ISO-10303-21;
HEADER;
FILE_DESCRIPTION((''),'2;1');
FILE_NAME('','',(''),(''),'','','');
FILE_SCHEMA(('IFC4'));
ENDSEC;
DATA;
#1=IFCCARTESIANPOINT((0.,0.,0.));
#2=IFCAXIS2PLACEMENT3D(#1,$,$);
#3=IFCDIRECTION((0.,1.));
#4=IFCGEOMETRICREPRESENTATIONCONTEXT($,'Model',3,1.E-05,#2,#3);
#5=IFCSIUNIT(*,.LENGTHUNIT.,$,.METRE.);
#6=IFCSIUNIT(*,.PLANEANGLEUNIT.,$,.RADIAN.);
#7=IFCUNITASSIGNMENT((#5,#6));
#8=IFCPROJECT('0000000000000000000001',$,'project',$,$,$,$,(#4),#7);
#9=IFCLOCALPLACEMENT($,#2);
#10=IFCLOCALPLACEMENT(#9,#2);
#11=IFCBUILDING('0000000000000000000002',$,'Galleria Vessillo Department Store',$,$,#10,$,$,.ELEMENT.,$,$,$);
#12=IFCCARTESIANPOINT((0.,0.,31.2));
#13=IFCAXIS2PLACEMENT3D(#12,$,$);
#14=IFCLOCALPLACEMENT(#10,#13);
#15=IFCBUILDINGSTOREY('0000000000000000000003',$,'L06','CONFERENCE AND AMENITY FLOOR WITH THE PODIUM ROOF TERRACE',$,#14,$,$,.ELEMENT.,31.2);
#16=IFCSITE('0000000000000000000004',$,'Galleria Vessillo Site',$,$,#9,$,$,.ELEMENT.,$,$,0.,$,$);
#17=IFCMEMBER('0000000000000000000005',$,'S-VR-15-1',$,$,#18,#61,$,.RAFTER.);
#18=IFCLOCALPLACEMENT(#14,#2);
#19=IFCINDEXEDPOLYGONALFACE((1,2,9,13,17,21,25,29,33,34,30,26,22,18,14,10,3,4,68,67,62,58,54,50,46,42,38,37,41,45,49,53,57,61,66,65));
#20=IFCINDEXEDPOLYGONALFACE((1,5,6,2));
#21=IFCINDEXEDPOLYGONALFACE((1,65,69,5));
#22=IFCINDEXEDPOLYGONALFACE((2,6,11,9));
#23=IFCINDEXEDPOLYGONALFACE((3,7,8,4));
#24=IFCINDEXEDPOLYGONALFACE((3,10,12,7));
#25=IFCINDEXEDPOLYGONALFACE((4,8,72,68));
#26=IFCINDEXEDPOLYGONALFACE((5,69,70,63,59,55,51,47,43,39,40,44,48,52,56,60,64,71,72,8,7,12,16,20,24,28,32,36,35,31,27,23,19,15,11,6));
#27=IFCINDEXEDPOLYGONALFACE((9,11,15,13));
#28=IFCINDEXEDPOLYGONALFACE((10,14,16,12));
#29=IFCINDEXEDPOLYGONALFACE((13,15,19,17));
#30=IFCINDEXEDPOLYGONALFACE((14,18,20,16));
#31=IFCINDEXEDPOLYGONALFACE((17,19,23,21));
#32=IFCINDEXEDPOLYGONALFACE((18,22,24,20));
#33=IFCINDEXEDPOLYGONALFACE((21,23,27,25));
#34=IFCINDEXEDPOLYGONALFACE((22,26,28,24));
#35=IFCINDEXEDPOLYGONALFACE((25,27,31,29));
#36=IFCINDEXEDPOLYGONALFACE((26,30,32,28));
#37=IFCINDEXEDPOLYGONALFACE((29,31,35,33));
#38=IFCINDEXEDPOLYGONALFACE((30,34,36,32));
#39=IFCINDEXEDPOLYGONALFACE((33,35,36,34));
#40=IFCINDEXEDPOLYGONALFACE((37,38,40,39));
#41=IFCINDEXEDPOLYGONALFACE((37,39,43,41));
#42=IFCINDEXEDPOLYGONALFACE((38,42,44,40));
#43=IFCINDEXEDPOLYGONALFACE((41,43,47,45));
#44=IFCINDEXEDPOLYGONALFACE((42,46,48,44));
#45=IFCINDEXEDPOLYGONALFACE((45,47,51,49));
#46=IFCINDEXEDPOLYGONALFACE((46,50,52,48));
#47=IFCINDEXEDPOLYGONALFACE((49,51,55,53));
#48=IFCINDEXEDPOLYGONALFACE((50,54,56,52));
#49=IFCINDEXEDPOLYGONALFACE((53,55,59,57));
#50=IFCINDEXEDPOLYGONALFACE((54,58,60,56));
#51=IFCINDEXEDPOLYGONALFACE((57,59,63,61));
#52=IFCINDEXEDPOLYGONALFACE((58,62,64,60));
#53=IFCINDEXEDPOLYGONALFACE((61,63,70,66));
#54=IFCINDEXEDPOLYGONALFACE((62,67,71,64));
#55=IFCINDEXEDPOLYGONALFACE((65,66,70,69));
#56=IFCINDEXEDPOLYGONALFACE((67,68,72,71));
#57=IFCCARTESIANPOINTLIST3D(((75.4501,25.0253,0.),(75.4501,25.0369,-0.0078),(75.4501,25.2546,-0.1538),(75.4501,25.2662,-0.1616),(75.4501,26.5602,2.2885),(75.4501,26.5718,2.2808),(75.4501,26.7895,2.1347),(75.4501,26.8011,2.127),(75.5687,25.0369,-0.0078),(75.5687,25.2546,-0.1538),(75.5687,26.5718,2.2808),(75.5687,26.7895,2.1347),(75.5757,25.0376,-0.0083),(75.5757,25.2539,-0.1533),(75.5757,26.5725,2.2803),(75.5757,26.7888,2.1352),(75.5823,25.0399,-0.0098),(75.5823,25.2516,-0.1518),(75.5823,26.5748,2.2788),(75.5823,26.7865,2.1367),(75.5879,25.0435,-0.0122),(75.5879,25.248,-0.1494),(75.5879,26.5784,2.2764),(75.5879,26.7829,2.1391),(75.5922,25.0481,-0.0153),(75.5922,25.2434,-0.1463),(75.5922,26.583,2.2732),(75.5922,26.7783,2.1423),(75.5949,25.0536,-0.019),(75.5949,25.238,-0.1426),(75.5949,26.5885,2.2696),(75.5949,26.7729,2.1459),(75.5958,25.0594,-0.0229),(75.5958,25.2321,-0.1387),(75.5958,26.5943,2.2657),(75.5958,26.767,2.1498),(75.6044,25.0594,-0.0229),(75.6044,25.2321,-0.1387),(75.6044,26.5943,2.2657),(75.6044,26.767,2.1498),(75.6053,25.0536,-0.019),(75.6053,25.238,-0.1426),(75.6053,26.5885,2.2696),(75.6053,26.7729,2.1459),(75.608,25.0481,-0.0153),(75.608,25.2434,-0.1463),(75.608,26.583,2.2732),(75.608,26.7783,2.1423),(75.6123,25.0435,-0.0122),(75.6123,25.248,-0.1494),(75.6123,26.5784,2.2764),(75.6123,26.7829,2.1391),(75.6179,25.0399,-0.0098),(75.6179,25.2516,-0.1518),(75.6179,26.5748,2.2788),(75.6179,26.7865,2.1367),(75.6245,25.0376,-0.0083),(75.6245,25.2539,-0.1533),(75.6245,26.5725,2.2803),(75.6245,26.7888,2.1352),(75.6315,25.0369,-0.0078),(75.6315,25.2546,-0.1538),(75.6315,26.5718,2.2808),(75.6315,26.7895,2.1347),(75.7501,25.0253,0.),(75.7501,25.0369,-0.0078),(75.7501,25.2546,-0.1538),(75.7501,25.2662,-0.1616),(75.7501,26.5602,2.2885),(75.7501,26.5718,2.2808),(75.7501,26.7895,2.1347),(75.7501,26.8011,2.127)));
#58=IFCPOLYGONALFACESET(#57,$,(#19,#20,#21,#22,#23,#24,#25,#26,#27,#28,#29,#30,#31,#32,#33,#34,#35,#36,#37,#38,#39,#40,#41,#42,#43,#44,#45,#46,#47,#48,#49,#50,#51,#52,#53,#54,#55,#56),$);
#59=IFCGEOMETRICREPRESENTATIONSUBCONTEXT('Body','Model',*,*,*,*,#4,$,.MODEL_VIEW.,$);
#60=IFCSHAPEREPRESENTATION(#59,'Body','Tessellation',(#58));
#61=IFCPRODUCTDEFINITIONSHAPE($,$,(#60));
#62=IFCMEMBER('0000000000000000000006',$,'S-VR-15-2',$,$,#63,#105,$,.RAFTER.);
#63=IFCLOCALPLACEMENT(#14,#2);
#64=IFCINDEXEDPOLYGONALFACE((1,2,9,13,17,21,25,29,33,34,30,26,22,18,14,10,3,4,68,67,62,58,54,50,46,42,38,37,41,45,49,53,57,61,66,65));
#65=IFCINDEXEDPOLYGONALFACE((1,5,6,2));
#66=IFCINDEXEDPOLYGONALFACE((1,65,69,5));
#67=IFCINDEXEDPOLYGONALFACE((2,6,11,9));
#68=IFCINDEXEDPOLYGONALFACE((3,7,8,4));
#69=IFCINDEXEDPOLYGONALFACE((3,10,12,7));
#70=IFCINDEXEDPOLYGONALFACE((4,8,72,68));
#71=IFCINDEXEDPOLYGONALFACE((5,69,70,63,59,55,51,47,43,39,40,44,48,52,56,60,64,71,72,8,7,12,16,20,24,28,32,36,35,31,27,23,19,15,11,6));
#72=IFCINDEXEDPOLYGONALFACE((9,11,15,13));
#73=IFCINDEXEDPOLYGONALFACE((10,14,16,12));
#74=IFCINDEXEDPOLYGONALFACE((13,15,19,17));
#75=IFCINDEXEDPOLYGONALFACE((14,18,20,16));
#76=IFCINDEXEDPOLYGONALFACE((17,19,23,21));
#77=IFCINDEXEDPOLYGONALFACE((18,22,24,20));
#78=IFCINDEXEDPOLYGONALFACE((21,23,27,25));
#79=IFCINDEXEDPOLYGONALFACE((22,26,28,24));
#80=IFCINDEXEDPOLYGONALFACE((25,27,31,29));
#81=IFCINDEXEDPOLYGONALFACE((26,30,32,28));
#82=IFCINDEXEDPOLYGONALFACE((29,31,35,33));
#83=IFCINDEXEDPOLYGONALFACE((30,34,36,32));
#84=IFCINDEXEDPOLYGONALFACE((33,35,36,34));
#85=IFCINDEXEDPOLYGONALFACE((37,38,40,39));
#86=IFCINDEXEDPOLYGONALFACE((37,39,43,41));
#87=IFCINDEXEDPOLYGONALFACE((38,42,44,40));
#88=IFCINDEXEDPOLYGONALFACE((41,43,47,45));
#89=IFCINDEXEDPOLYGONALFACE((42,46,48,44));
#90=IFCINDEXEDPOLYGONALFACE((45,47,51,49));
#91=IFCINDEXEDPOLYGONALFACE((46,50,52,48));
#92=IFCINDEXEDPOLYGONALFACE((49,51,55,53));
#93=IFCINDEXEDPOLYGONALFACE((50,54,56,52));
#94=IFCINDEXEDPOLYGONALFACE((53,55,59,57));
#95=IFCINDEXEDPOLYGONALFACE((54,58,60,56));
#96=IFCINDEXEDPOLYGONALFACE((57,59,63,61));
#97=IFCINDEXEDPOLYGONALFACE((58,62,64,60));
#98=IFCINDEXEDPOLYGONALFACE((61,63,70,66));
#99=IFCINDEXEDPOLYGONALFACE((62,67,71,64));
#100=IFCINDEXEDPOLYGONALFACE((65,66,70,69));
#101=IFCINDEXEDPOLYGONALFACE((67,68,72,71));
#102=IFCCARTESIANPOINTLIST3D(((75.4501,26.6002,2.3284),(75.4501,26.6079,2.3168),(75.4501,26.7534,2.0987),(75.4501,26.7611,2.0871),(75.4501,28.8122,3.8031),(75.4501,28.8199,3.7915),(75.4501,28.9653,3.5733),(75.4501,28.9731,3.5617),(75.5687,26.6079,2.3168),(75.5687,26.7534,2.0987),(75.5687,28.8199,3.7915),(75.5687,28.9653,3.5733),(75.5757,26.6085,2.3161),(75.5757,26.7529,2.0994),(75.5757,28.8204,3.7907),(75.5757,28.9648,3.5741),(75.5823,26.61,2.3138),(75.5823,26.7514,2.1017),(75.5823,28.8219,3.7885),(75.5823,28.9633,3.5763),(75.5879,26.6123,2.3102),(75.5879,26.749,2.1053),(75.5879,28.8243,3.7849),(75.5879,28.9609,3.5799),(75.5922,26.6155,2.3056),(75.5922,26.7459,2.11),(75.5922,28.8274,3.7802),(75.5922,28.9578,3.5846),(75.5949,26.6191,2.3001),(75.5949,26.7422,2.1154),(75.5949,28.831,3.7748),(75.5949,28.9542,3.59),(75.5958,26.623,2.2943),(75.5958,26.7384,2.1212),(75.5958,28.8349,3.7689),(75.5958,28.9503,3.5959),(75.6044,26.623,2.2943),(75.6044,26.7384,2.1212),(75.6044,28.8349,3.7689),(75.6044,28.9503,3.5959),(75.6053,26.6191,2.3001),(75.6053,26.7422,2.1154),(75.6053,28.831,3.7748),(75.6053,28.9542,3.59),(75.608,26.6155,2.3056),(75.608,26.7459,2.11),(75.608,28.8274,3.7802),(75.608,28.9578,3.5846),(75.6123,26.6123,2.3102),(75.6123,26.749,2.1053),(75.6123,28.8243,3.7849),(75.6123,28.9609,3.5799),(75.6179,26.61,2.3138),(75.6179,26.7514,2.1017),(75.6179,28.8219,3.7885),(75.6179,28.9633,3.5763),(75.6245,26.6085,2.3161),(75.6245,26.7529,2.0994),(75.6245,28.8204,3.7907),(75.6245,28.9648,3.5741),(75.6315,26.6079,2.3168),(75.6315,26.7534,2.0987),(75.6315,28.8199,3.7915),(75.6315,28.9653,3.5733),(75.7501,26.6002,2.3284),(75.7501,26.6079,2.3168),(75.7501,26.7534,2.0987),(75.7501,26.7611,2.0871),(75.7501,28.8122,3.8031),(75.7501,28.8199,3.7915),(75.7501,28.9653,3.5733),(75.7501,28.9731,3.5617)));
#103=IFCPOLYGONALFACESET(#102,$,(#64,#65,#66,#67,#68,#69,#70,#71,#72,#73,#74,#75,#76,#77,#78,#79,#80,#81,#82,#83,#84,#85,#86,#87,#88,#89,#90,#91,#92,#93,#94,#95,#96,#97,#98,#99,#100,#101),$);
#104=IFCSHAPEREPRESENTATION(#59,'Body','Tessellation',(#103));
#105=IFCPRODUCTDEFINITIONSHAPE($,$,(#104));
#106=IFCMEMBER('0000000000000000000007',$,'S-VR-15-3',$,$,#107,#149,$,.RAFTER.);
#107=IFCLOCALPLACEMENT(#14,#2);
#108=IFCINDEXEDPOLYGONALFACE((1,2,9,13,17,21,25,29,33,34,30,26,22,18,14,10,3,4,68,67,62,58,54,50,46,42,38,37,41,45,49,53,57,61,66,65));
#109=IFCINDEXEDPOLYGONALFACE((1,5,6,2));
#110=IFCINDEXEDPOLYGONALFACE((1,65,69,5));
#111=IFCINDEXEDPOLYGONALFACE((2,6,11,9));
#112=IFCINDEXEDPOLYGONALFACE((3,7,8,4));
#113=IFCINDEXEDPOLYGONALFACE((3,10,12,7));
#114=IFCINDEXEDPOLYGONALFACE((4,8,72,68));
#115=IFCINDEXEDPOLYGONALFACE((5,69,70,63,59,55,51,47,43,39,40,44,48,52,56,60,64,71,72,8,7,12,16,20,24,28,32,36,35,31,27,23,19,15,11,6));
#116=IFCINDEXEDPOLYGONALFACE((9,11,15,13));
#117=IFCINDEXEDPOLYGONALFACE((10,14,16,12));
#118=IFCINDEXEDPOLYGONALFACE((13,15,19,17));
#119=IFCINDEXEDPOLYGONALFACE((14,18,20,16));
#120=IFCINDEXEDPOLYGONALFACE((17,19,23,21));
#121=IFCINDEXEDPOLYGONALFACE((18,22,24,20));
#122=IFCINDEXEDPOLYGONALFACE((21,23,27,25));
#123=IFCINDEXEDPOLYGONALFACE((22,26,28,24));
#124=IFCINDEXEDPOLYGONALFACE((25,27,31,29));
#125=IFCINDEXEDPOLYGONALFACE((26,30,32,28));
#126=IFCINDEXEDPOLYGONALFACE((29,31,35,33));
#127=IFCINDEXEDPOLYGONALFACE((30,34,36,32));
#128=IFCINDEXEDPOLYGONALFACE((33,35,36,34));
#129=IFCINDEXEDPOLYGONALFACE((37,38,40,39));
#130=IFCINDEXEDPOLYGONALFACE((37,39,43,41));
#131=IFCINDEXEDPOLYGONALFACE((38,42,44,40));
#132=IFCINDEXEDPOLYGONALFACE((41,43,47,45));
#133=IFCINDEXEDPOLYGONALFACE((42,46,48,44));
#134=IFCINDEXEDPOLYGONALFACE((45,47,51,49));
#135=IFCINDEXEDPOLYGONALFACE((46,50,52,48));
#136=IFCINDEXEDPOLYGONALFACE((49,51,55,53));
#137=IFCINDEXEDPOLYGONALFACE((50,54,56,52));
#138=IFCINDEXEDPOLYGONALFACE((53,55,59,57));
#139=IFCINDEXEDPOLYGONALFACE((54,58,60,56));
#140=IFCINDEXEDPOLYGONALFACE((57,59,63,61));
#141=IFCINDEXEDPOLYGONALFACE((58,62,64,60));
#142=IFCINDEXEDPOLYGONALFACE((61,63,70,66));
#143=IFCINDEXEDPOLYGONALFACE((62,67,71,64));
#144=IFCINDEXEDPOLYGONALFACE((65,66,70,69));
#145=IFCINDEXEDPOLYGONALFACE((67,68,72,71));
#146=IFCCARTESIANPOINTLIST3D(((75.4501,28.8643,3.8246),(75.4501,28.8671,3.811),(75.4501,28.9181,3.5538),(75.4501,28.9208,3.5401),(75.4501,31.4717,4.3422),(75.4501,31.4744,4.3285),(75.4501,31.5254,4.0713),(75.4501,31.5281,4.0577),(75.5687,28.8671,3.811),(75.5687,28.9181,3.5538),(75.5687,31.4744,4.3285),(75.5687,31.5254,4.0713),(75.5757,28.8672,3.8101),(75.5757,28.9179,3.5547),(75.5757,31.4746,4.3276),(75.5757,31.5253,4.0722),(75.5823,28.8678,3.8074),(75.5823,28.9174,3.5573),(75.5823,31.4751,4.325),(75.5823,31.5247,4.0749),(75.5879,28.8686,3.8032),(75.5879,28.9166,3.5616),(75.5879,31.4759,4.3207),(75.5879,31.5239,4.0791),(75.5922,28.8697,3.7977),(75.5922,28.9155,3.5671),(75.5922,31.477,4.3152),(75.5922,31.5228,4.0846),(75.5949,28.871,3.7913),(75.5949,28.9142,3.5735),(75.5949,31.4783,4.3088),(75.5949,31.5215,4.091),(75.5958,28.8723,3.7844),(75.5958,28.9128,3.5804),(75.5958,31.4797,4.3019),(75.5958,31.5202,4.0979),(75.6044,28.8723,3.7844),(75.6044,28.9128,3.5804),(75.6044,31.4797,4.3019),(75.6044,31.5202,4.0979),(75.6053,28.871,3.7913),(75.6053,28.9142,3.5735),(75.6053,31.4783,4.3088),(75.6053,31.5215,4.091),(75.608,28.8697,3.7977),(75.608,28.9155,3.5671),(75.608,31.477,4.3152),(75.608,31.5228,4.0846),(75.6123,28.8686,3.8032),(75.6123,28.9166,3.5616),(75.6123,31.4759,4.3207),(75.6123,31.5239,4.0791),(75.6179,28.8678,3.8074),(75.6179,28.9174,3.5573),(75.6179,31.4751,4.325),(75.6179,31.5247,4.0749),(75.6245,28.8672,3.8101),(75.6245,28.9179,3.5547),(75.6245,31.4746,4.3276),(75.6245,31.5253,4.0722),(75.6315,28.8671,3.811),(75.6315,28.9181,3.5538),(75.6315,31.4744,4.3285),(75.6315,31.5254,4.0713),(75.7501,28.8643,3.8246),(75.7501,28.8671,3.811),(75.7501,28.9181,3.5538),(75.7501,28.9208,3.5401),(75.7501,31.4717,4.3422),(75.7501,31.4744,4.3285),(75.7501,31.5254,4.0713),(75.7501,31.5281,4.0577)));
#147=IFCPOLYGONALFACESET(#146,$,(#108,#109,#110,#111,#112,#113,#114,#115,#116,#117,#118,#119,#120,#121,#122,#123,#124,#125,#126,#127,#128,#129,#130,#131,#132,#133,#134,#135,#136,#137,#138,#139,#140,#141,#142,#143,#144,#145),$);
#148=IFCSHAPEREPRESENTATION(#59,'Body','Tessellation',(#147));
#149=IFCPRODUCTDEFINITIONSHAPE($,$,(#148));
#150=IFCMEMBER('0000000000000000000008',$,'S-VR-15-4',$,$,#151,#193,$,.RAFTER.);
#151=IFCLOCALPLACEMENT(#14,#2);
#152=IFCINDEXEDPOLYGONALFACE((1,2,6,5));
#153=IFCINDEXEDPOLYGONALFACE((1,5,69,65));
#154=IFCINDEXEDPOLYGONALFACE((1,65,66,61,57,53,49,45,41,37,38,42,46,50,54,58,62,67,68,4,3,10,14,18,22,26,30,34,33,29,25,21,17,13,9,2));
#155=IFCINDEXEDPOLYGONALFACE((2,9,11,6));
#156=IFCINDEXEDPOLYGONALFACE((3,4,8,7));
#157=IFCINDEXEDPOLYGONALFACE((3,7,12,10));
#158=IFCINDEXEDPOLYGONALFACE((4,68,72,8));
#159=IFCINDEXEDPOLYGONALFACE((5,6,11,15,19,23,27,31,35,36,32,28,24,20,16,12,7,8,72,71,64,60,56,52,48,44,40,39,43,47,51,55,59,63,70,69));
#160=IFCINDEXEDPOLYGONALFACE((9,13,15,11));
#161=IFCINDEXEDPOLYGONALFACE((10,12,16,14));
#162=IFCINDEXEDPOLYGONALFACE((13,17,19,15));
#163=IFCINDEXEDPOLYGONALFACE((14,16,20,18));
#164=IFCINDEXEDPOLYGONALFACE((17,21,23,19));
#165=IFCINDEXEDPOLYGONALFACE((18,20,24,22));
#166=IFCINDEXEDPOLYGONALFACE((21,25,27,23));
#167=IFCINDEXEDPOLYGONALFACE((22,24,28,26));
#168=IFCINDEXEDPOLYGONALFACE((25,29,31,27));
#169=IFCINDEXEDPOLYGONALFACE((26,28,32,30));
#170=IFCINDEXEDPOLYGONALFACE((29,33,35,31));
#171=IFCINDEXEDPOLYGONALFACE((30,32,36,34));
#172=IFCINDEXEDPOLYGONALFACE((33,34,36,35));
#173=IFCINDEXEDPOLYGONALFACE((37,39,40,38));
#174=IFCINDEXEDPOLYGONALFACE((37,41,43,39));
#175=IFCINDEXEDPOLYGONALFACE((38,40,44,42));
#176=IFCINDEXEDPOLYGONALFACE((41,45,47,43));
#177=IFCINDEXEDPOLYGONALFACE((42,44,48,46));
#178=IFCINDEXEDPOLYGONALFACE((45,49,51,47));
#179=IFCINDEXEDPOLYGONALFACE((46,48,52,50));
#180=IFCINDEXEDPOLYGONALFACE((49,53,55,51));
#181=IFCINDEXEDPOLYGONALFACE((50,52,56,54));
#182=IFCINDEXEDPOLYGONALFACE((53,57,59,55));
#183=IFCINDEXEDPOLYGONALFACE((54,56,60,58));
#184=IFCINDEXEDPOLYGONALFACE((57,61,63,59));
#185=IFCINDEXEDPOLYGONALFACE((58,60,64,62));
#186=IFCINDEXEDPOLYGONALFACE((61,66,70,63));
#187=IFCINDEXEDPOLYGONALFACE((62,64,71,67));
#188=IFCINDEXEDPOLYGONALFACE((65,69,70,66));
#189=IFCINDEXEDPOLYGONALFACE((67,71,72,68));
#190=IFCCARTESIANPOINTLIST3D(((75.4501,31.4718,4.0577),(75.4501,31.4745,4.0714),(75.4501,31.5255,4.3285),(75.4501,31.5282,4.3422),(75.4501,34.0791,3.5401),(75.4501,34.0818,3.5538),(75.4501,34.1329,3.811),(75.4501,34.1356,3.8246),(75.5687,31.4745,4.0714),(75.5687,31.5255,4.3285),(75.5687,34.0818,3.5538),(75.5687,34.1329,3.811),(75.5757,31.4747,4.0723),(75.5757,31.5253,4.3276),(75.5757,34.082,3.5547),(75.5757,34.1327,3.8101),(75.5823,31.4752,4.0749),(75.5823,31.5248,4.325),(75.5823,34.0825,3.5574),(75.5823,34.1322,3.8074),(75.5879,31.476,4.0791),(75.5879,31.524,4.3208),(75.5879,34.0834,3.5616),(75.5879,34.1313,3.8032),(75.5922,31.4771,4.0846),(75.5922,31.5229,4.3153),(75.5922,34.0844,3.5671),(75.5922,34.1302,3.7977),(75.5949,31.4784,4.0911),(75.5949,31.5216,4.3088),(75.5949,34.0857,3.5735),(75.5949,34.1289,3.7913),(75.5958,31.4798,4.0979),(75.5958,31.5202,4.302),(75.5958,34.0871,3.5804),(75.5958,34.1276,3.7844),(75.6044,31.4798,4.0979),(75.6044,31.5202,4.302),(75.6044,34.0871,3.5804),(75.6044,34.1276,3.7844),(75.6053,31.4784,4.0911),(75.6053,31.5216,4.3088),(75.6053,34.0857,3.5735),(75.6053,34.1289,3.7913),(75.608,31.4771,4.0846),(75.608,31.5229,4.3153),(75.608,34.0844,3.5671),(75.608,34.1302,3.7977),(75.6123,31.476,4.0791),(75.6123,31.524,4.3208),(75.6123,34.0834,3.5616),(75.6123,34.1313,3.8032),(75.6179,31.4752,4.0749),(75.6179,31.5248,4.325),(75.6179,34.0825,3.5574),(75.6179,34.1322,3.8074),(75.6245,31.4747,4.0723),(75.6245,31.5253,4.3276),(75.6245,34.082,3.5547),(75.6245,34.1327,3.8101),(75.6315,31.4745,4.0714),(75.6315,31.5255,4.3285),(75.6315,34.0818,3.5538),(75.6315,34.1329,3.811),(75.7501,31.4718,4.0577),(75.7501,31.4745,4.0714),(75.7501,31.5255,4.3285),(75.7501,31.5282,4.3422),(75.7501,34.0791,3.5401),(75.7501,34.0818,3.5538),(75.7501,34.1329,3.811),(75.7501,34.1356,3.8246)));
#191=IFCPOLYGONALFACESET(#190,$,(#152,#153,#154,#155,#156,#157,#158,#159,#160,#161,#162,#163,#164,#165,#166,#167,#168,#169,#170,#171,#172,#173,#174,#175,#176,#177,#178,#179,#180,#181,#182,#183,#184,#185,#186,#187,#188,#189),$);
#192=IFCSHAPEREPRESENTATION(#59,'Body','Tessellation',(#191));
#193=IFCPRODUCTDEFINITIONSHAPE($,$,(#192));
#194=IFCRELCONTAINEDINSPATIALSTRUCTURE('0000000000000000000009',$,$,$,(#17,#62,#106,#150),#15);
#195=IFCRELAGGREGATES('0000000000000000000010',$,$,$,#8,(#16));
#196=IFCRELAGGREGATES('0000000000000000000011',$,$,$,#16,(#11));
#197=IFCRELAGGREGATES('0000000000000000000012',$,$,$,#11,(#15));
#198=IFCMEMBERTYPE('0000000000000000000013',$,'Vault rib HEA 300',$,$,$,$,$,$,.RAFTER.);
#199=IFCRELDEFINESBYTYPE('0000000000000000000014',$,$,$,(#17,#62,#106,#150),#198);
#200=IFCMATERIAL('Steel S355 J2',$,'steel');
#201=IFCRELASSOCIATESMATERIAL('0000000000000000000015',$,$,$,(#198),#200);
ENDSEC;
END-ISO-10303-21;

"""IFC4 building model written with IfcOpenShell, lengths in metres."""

from ifc_helpers import new_model, si_unit, direction, frame, origin, origin_2d, place, context, subcontext, project, spatial, i_section, extrude, material, material_profile, profile_set, type_object, element, save


model = new_model("IFC4")

# Units and contexts
model_context = context("Model", 3, precision=1e-05, world=origin(), true_north=direction((0.0, 1.0)))
body_context = subcontext(model_context, "Body", "Model", "MODEL_VIEW")
ifc_project = project(units=[si_unit("LENGTHUNIT", "METRE"), si_unit("PLANEANGLEUNIT", "RADIAN")], contexts=[model_context])

# Site, building, storey
site_placement = place(None, origin())
site = spatial("IfcSite", under=ifc_project, at=site_placement, Name="Galleria Vessillo Site", CompositionType="ELEMENT", RefElevation=0.0)
building_placement = place(site_placement, origin())
building = spatial("IfcBuilding", under=site, at=building_placement, Name="Galleria Vessillo Department Store", CompositionType="ELEMENT")
storey_placement = place(building_placement, frame((0.0, 0.0, 31.2)))
storey = spatial("IfcBuildingStorey", under=building, at=storey_placement, Name="L06", Description="CONFERENCE AND AMENITY FLOOR WITH THE PODIUM ROOF TERRACE", CompositionType="ELEMENT", Elevation=31.2)

# Members
ifc_material_1 = material(Name="Steel S355 J2", Category="steel")
ifc_material_profile_1 = material_profile(ifc_material_1, i_section(OverallWidth=0.3, OverallDepth=0.29, WebThickness=0.0085, FlangeThickness=0.0139, FilletRadius=0.0271, at=origin_2d()), Name="HEA 300")
ifc_profile_set_1 = profile_set([ifc_material_profile_1], Name="Steel S355 J2")
member_type_1 = type_object("IfcMemberType", Name="Vault rib HEA 300", PredefinedType="RAFTER", material=ifc_profile_set_1)
for number, where, z_axis, x_axis, name in (
    (1, (75.6001, 25.1458, -0.0808), (0.0, 0.557008, 0.830507), (-1.0, 0.0, 0.0), "S-VR-15-1"),
):
    element("IfcMember", number, at=place(storey_placement, frame(where, z_axis=z_axis, x_axis=x_axis)), inside=storey, type_object=member_type_1, Name=name, PredefinedType="RAFTER", context=body_context, shape_type="SweptSolid", body=[
        extrude(i_section(OverallWidth=0.3, OverallDepth=0.29, WebThickness=0.0085, FlangeThickness=0.0139, FilletRadius=0.0271, at=origin_2d()), origin(), (0.0, 0.0, 1.0), 2.7556),
    ])
member_1_placement = place(storey_placement, frame((75.6001, 26.6807, 2.2078), z_axis=(0.0, 0.83205, 0.5547), x_axis=(-1.0, 0.0, 0.0)))
element("IfcMember", 2, at=member_1_placement, inside=storey, type_object=member_type_1, Name="S-VR-15-2", PredefinedType="RAFTER", context=body_context, shape_type="SweptSolid", body=[
    extrude(i_section(OverallWidth=0.3, OverallDepth=0.29, WebThickness=0.0085, FlangeThickness=0.0139, FilletRadius=0.0271, at=origin_2d()), origin(), (0.0, 0.0, 1.0), 2.6584),
])
for number, where, z_axis, x_axis, name in (
    (3, (75.6001, 28.8926, 3.6824), (0.0, 0.980862, 0.194703), (-1.0, 0.0, 0.0), "S-VR-15-3"),
    (4, (75.6001, 31.5, 4.2), (0.0, 0.980862, -0.194703), (-1.0, 0.0, 0.0), "S-VR-15-4"),
):
    element("IfcMember", number, at=place(storey_placement, frame(where, z_axis=z_axis, x_axis=x_axis)), inside=storey, type_object=member_type_1, Name=name, PredefinedType="RAFTER", context=body_context, shape_type="SweptSolid", body=[
        extrude(i_section(OverallWidth=0.3, OverallDepth=0.29, WebThickness=0.0085, FlangeThickness=0.0139, FilletRadius=0.0271, at=origin_2d()), origin(), (0.0, 0.0, 1.0), 2.6582),
    ])

save(model, "model.ifc")
